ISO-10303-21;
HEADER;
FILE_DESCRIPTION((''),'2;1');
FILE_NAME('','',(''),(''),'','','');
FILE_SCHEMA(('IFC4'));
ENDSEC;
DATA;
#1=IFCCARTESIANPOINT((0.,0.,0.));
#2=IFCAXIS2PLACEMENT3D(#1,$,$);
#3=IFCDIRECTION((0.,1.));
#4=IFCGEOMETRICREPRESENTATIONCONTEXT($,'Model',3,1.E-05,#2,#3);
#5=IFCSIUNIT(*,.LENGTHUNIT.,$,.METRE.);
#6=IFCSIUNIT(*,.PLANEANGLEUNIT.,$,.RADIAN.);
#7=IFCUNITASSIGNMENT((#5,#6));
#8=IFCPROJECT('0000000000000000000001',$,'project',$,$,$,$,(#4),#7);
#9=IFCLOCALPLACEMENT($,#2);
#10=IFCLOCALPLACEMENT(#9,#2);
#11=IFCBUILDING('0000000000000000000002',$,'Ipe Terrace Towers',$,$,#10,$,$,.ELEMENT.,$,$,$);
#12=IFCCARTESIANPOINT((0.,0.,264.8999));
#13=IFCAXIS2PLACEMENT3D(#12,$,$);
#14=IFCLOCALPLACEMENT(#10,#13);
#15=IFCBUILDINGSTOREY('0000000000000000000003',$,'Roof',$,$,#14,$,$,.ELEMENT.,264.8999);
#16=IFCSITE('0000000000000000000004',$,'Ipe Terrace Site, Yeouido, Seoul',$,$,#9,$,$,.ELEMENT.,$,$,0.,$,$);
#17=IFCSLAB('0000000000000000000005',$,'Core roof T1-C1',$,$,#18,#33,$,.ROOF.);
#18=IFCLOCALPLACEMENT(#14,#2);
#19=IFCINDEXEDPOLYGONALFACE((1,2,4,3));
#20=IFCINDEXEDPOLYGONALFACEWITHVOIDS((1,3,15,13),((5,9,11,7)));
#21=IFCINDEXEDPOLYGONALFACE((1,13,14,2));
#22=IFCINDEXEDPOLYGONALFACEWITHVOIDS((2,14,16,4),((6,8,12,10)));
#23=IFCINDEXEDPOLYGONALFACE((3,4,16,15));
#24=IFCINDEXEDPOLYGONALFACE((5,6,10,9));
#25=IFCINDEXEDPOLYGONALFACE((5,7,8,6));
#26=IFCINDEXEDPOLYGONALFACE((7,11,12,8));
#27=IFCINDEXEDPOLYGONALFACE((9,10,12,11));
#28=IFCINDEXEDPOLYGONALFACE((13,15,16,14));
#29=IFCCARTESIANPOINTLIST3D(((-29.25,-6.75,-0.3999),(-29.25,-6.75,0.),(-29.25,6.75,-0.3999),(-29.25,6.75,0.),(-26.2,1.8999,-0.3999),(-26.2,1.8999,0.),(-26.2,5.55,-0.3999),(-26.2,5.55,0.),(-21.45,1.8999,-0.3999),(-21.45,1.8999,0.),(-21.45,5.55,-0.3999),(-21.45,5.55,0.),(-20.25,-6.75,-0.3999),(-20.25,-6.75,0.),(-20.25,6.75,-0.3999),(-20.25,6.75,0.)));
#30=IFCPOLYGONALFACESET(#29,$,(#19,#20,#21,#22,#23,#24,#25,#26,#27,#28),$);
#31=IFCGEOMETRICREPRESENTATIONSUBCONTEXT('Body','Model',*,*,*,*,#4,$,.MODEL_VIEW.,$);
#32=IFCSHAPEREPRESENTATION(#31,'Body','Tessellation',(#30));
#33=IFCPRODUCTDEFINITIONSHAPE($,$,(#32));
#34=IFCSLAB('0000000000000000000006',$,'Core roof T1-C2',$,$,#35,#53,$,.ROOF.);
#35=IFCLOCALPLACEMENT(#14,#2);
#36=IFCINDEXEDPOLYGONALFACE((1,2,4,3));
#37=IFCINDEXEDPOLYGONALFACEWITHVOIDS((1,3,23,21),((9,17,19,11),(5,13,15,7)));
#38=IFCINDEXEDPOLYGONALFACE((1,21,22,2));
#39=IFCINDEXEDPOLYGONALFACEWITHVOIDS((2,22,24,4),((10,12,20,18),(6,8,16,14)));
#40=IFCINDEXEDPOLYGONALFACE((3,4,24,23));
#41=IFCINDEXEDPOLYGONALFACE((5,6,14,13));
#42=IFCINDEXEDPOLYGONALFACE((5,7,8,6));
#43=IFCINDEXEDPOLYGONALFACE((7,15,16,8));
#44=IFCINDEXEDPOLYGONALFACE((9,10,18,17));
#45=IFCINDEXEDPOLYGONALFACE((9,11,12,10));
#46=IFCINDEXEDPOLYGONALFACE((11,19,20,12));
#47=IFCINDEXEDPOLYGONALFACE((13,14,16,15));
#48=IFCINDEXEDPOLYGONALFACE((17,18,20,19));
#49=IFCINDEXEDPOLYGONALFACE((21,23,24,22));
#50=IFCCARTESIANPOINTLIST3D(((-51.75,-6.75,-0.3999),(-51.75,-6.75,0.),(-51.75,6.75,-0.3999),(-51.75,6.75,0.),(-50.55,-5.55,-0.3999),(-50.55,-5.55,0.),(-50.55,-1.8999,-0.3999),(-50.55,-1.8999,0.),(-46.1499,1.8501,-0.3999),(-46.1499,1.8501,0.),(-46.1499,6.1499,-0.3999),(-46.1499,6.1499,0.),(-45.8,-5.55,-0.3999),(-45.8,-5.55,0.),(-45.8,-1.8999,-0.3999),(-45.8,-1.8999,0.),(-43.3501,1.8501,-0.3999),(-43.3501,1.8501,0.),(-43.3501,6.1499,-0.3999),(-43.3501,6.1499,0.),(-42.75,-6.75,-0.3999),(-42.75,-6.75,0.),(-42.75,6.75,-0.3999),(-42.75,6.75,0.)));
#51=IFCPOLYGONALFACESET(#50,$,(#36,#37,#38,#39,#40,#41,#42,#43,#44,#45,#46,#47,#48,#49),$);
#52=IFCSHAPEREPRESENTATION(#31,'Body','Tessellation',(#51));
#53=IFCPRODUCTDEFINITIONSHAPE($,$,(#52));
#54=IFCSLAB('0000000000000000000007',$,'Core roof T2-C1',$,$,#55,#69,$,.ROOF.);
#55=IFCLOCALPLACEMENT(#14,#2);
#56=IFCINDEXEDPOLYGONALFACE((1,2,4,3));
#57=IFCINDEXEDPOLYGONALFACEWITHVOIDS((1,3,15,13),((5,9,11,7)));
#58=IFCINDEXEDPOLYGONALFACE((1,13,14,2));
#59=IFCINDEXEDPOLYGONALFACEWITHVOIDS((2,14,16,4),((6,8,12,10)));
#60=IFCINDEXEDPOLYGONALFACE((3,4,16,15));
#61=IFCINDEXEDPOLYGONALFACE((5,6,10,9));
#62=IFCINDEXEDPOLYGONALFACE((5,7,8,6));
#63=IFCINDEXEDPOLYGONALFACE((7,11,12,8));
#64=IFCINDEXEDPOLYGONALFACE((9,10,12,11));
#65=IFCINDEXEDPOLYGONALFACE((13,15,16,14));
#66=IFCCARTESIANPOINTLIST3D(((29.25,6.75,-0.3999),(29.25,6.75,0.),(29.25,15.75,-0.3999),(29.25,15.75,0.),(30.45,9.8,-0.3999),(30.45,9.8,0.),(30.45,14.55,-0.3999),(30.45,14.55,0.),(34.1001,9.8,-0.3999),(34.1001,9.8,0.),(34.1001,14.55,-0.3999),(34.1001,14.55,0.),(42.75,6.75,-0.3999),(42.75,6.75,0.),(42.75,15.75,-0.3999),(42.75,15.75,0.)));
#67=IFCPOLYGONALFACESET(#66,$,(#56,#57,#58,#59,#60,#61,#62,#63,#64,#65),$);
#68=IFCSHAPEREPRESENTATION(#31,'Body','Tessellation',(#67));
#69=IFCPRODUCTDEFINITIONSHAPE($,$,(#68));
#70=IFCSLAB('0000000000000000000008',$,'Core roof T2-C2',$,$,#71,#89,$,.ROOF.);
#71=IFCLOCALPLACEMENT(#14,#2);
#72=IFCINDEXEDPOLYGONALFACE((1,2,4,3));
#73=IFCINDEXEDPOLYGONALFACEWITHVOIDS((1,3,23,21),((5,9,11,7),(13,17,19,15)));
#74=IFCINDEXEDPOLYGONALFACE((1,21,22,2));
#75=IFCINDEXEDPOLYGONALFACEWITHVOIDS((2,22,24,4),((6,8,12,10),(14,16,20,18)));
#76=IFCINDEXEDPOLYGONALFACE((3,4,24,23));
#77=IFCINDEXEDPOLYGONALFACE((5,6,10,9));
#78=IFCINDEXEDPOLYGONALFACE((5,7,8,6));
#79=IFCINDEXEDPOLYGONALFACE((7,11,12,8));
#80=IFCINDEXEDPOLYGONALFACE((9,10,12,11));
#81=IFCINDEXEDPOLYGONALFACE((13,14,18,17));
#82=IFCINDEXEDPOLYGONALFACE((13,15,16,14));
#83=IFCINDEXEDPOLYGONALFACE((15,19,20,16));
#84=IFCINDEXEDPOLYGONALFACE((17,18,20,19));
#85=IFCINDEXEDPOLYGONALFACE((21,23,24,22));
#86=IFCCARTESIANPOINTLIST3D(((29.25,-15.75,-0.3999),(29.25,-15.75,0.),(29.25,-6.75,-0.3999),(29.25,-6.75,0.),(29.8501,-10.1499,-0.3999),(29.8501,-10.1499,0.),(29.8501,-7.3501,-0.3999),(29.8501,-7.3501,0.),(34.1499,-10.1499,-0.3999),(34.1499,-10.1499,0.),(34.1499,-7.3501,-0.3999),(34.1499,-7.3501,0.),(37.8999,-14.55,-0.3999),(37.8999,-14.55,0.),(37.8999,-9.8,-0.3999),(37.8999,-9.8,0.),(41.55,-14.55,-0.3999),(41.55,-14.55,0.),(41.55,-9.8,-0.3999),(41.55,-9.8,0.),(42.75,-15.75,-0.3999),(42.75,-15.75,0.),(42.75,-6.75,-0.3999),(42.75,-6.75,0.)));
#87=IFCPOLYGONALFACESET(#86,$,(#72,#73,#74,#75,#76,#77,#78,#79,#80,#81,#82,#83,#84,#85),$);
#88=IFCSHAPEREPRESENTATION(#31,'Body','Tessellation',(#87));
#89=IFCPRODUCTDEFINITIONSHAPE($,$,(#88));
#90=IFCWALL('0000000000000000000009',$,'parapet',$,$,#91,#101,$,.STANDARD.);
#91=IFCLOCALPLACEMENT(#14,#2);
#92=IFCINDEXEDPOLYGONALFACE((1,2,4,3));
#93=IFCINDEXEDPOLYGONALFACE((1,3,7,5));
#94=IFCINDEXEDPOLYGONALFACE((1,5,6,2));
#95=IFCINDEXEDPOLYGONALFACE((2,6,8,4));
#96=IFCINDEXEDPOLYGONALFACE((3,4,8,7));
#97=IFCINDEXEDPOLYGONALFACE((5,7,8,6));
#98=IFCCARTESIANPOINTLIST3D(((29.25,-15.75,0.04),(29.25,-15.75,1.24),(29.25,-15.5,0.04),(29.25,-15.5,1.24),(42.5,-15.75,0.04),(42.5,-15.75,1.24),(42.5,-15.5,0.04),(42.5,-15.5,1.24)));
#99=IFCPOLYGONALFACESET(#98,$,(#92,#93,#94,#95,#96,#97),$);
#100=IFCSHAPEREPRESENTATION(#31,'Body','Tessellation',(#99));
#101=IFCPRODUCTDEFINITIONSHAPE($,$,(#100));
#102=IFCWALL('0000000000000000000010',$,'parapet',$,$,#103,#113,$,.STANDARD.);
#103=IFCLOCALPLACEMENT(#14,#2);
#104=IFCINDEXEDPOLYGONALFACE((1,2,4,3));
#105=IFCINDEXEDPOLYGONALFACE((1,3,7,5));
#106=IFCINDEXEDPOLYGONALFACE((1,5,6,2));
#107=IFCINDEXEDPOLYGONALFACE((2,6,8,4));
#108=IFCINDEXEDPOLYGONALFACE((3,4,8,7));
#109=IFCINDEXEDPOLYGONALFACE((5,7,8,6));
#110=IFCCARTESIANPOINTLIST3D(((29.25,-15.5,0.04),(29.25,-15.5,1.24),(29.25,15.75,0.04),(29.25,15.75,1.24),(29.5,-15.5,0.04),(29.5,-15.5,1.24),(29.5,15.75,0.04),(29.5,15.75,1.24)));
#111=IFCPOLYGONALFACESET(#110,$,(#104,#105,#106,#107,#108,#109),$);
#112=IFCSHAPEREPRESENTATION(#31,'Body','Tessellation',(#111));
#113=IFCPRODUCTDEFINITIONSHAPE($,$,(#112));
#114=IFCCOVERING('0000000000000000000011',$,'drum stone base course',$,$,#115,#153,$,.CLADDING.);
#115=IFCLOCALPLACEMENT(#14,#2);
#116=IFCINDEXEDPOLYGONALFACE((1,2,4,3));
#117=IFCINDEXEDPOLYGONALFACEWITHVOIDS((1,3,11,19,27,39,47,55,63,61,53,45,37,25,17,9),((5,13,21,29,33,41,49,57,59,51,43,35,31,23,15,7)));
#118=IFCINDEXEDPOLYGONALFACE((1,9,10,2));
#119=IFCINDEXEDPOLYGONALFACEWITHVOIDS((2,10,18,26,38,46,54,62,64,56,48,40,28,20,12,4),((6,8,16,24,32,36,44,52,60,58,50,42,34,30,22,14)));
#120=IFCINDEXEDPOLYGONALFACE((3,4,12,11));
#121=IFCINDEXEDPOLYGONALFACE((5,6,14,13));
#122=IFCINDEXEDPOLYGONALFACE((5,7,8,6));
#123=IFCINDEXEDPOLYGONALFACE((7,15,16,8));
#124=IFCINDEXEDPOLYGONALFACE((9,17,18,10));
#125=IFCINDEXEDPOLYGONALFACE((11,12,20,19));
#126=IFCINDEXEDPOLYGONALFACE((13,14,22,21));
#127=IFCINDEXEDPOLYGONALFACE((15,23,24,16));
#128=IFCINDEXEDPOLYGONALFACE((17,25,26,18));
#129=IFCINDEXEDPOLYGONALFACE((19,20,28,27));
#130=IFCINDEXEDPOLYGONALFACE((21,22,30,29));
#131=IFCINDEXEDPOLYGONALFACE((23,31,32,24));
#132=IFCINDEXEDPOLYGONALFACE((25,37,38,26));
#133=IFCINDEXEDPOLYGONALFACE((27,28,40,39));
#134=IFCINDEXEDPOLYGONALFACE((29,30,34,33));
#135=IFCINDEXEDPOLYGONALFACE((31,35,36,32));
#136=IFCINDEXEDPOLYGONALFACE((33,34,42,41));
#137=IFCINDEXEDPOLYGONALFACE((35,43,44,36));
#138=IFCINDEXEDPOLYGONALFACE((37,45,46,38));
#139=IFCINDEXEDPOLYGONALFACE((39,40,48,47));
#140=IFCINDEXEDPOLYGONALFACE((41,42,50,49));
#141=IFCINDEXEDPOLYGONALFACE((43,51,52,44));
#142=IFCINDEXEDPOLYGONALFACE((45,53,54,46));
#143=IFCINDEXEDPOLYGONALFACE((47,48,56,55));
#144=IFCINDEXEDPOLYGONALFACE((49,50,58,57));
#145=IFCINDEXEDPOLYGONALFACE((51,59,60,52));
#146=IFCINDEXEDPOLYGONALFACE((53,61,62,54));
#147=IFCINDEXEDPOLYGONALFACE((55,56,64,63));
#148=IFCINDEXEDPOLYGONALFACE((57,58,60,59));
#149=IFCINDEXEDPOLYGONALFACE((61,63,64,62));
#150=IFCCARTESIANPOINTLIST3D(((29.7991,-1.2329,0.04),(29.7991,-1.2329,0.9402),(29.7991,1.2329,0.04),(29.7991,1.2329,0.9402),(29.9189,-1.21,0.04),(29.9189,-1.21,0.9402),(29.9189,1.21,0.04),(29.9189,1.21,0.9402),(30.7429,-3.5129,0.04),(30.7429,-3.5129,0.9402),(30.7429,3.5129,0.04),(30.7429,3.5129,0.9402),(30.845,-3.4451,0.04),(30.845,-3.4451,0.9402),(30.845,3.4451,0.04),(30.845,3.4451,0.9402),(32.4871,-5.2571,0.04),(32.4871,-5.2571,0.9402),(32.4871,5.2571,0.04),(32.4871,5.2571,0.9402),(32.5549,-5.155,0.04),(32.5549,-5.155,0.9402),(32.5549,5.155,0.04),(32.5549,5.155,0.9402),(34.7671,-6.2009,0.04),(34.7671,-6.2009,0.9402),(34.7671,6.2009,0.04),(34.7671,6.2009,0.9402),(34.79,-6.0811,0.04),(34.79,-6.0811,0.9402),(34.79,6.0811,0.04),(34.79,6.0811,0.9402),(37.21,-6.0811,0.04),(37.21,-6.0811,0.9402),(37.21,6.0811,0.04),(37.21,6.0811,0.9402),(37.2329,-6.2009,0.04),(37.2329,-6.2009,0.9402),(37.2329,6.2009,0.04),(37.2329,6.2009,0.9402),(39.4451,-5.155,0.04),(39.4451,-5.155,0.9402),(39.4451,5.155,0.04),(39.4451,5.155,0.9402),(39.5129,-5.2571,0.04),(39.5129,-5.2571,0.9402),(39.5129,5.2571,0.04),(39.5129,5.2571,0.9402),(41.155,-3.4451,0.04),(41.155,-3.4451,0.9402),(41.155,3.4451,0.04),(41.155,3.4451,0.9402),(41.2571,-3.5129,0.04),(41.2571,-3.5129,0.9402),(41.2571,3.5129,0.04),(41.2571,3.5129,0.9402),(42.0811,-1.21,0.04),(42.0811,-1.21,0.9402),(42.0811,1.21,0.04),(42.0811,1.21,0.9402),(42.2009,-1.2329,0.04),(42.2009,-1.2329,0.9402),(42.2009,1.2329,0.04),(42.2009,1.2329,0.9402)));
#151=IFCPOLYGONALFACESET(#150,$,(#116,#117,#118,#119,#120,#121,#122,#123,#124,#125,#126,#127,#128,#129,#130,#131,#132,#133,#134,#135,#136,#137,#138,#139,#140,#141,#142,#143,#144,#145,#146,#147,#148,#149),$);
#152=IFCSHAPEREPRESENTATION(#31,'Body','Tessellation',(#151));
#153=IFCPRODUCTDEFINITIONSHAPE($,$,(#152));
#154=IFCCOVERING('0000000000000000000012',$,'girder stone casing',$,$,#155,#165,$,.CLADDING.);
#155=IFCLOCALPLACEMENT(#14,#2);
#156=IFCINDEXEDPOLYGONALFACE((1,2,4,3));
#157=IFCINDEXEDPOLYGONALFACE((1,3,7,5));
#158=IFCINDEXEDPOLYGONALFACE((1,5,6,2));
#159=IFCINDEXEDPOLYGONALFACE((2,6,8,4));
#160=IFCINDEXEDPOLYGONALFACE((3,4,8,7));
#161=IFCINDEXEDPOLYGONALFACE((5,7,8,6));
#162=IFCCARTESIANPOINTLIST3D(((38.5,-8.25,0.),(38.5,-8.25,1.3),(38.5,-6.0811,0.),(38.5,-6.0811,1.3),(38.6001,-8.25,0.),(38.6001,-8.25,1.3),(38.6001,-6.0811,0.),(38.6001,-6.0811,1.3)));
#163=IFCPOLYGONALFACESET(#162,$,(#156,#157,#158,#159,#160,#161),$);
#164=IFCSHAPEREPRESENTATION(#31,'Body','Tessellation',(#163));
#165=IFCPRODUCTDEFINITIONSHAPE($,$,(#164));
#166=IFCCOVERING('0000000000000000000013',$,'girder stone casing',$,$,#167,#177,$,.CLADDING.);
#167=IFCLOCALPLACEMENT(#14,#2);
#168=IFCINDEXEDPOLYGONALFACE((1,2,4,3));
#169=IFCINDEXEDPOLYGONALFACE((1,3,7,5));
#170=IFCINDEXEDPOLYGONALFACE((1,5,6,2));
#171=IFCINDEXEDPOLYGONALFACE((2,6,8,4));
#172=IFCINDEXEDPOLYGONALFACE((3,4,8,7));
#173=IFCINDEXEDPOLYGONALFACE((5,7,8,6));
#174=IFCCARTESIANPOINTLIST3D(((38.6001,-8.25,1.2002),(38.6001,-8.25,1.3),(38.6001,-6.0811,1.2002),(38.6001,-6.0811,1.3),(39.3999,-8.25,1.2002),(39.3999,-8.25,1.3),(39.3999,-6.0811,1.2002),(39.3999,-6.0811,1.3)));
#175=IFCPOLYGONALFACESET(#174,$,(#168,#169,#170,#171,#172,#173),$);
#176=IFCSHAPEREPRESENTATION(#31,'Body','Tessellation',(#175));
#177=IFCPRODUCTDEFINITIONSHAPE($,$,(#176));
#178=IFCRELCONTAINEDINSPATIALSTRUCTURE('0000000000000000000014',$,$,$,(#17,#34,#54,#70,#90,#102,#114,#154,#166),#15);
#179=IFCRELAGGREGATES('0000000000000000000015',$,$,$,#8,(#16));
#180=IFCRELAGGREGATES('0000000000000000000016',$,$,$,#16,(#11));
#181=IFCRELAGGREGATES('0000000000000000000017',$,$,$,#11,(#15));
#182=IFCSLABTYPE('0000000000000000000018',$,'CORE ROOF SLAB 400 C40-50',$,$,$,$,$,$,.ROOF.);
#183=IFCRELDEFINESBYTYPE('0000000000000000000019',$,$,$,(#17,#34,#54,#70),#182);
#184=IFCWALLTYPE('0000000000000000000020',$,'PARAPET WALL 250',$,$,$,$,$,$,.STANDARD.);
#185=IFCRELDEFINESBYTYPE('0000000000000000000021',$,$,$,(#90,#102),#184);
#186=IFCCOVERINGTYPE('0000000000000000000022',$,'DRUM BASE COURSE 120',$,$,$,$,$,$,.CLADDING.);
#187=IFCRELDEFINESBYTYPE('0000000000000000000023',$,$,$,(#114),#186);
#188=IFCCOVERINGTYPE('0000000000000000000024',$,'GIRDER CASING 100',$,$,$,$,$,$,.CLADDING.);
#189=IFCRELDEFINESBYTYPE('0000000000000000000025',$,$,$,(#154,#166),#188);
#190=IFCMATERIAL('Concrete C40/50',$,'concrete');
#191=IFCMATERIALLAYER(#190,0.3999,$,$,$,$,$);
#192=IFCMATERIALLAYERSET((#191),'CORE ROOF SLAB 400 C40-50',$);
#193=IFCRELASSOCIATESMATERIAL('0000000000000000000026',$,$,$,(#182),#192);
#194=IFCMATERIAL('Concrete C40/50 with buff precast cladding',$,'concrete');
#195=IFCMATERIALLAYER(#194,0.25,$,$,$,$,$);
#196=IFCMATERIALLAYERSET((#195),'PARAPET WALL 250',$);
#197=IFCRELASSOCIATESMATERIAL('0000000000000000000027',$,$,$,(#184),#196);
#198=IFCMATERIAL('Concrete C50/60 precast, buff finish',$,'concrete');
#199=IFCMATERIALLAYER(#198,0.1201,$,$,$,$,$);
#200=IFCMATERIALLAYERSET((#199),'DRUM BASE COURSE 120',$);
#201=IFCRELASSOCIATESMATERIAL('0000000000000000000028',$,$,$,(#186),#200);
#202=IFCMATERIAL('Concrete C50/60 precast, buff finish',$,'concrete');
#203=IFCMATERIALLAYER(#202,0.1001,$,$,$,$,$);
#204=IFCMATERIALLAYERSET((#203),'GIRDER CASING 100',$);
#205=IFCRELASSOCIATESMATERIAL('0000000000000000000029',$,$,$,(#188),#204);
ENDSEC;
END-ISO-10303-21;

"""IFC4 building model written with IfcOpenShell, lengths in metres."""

from ifc_helpers import new_model, si_unit, direction, frame, frame_2d, origin, place, context, subcontext, project, spatial, polyline, rectangle, outline, extrude, material, layer, layer_set, type_object, element, save


model = new_model("IFC4")

# Units and contexts
model_context = context("Model", 3, precision=1e-05, world=origin(), true_north=direction((0.0, 1.0)))
body_context = subcontext(model_context, "Body", "Model", "MODEL_VIEW")
ifc_project = project(units=[si_unit("LENGTHUNIT", "METRE"), si_unit("PLANEANGLEUNIT", "RADIAN")], contexts=[model_context])

# Site, building, storey
site_placement = place(None, origin())
site = spatial("IfcSite", under=ifc_project, at=site_placement, Name="Ipe Terrace Site, Yeouido, Seoul", CompositionType="ELEMENT", RefElevation=0.0)
building_placement = place(site_placement, origin())
building = spatial("IfcBuilding", under=site, at=building_placement, Name="Ipe Terrace Towers", CompositionType="ELEMENT")
storey_placement = place(building_placement, frame((0.0, 0.0, 264.8999)))
storey = spatial("IfcBuildingStorey", under=building, at=storey_placement, Name="Roof", CompositionType="ELEMENT", Elevation=264.8999)

# Slabs
ifc_material_1 = material(Name="Concrete C40/50", Category="concrete")
ifc_layer_1 = layer(ifc_material_1, 0.3999)
ifc_layer_set_1 = layer_set([ifc_layer_1], Name="CORE ROOF SLAB 400 C40-50")
slab_type = type_object("IfcSlabType", Name="CORE ROOF SLAB 400 C40-50", PredefinedType="ROOF", material=ifc_layer_set_1)
slab_1_placement = place(storey_placement, frame((0.0, 0.0, -0.3999)))
element("IfcSlab", 1, at=slab_1_placement, inside=storey, type_object=slab_type, Name="Core roof T1-C1", PredefinedType="ROOF", context=body_context, shape_type="SweptSolid", body=[
    extrude(outline(polyline([(-29.25, -6.75), (-29.25, 6.75), (-20.25, 6.75), (-20.25, -6.75), (-29.25, -6.75)]), holes=[polyline([(-21.45, 1.8999), (-21.45, 5.55), (-26.2, 5.55), (-26.2, 1.8999), (-21.45, 1.8999)])]), origin(), (0.0, 0.0, 1.0), 0.3999),
])
slab_2_placement = place(storey_placement, frame((0.0, 0.0, -0.3999)))
element("IfcSlab", 2, at=slab_2_placement, inside=storey, type_object=slab_type, Name="Core roof T1-C2", PredefinedType="ROOF", context=body_context, shape_type="SweptSolid", body=[
    extrude(outline(polyline([(-51.75, -6.75), (-51.75, 6.75), (-42.75, 6.75), (-42.75, -6.75), (-51.75, -6.75)]), holes=[polyline([(-45.8, -1.8999), (-50.55, -1.8999), (-50.55, -5.55), (-45.8, -5.55), (-45.8, -1.8999)]), polyline([(-43.3501, 6.1499), (-46.1499, 6.1499), (-46.1499, 1.8501), (-43.3501, 1.8501), (-43.3501, 6.1499)])]), origin(), (0.0, 0.0, 1.0), 0.3999),
])
slab_3_placement = place(storey_placement, frame((0.0, 0.0, -0.3999)))
element("IfcSlab", 3, at=slab_3_placement, inside=storey, type_object=slab_type, Name="Core roof T2-C1", PredefinedType="ROOF", context=body_context, shape_type="SweptSolid", body=[
    extrude(outline(polyline([(29.25, 6.75), (29.25, 15.75), (42.75, 15.75), (42.75, 6.75), (29.25, 6.75)]), holes=[polyline([(34.1001, 14.55), (30.45, 14.55), (30.45, 9.8), (34.1001, 9.8), (34.1001, 14.55)])]), origin(), (0.0, 0.0, 1.0), 0.3999),
])
slab_4_placement = place(storey_placement, frame((0.0, 0.0, -0.3999)))
element("IfcSlab", 4, at=slab_4_placement, inside=storey, type_object=slab_type, Name="Core roof T2-C2", PredefinedType="ROOF", context=body_context, shape_type="SweptSolid", body=[
    extrude(outline(polyline([(29.25, -15.75), (29.25, -6.75), (42.75, -6.75), (42.75, -15.75), (29.25, -15.75)]), holes=[polyline([(37.8999, -9.8), (37.8999, -14.55), (41.55, -14.55), (41.55, -9.8), (37.8999, -9.8)]), polyline([(29.8501, -7.3501), (29.8501, -10.1499), (34.1499, -10.1499), (34.1499, -7.3501), (29.8501, -7.3501)])]), origin(), (0.0, 0.0, 1.0), 0.3999),
])

# Walls
ifc_material_2 = material(Name="Concrete C40/50 with buff precast cladding", Category="concrete")
ifc_layer_2 = layer(ifc_material_2, 0.25)
ifc_layer_set_2 = layer_set([ifc_layer_2], Name="PARAPET WALL 250")
wall_type = type_object("IfcWallType", Name="PARAPET WALL 250", PredefinedType="STANDARD", material=ifc_layer_set_2)
wall_1_placement = place(storey_placement, frame((29.25, -15.625, 0.04), z_axis=(0.0, 0.0, 1.0), x_axis=(1.0, 0.0, 0.0)))
element("IfcWall", 5, at=wall_1_placement, inside=storey, type_object=wall_type, Name="parapet", PredefinedType="STANDARD", context=body_context, shape_type="SweptSolid", body=[
    extrude(rectangle(XDim=13.25, YDim=0.25, at=frame_2d((6.625, 0.0))), origin(), (0.0, 0.0, 1.0), 1.2),
])
wall_2_placement = place(storey_placement, frame((29.375, 15.75, 0.04), z_axis=(0.0, 0.0, 1.0), x_axis=(0.0, -1.0, 0.0)))
element("IfcWall", 6, at=wall_2_placement, inside=storey, type_object=wall_type, Name="parapet", PredefinedType="STANDARD", context=body_context, shape_type="SweptSolid", body=[
    extrude(rectangle(XDim=31.25, YDim=0.25, at=frame_2d((15.625, 0.0))), origin(), (0.0, 0.0, 1.0), 1.2),
])

# Coverings
ifc_material_3 = material(Name="Concrete C50/60 precast, buff finish", Category="concrete")
ifc_layer_3 = layer(ifc_material_3, 0.1201)
ifc_layer_set_3 = layer_set([ifc_layer_3], Name="DRUM BASE COURSE 120")
covering_type_1 = type_object("IfcCoveringType", Name="DRUM BASE COURSE 120", PredefinedType="CLADDING", material=ifc_layer_set_3)
covering_1_placement = place(storey_placement, frame((0.0, 0.0, 0.04)))
element("IfcCovering", 7, at=covering_1_placement, inside=storey, type_object=covering_type_1, Name="drum stone base course", PredefinedType="CLADDING", context=body_context, shape_type="SweptSolid", body=[
    extrude(outline(polyline([(42.2009, -1.2329), (41.2571, -3.5129), (39.5129, -5.2571), (37.2329, -6.2009), (34.7671, -6.2009), (32.4871, -5.2571), (30.7429, -3.5129), (29.7991, -1.2329), (29.7991, 1.2329), (30.7429, 3.5129), (32.4871, 5.2571), (34.7671, 6.2009), (37.2329, 6.2009), (39.5129, 5.2571), (41.2571, 3.5129), (42.2009, 1.2329), (42.2009, -1.2329)]), holes=[polyline([(41.155, 3.4451), (39.4451, 5.155), (37.21, 6.0811), (34.79, 6.0811), (32.5549, 5.155), (30.845, 3.4451), (29.9189, 1.21), (29.9189, -1.21), (30.845, -3.4451), (32.5549, -5.155), (34.79, -6.0811), (37.21, -6.0811), (39.4451, -5.155), (41.155, -3.4451), (42.0811, -1.21), (42.0811, 1.21), (41.155, 3.4451)])]), origin(), (0.0, 0.0, 1.0), 0.9001),
])
ifc_material_4 = material(Name="Concrete C50/60 precast, buff finish", Category="concrete")
ifc_layer_4 = layer(ifc_material_4, 0.1001)
ifc_layer_set_4 = layer_set([ifc_layer_4], Name="GIRDER CASING 100")
covering_type_2 = type_object("IfcCoveringType", Name="GIRDER CASING 100", PredefinedType="CLADDING", material=ifc_layer_set_4)
covering_2_placement = place(storey_placement, origin())
element("IfcCovering", 8, at=covering_2_placement, inside=storey, type_object=covering_type_2, Name="girder stone casing", PredefinedType="CLADDING", context=body_context, shape_type="SweptSolid", body=[
    extrude(outline(polyline([(38.6001, -8.25), (38.6001, -6.0811), (38.5, -6.0811), (38.5, -8.25), (38.6001, -8.25)])), origin(), (0.0, 0.0, 1.0), 1.3),
])
covering_3_placement = place(storey_placement, frame((0.0, 0.0, 1.2002)))
element("IfcCovering", 9, at=covering_3_placement, inside=storey, type_object=covering_type_2, Name="girder stone casing", PredefinedType="CLADDING", context=body_context, shape_type="SweptSolid", body=[
    extrude(outline(polyline([(39.3999, -8.25), (39.3999, -6.0811), (38.6001, -6.0811), (38.6001, -8.25), (39.3999, -8.25)])), origin(), (0.0, 0.0, 1.0), 0.0999),
])

save(model, "model.ifc")
